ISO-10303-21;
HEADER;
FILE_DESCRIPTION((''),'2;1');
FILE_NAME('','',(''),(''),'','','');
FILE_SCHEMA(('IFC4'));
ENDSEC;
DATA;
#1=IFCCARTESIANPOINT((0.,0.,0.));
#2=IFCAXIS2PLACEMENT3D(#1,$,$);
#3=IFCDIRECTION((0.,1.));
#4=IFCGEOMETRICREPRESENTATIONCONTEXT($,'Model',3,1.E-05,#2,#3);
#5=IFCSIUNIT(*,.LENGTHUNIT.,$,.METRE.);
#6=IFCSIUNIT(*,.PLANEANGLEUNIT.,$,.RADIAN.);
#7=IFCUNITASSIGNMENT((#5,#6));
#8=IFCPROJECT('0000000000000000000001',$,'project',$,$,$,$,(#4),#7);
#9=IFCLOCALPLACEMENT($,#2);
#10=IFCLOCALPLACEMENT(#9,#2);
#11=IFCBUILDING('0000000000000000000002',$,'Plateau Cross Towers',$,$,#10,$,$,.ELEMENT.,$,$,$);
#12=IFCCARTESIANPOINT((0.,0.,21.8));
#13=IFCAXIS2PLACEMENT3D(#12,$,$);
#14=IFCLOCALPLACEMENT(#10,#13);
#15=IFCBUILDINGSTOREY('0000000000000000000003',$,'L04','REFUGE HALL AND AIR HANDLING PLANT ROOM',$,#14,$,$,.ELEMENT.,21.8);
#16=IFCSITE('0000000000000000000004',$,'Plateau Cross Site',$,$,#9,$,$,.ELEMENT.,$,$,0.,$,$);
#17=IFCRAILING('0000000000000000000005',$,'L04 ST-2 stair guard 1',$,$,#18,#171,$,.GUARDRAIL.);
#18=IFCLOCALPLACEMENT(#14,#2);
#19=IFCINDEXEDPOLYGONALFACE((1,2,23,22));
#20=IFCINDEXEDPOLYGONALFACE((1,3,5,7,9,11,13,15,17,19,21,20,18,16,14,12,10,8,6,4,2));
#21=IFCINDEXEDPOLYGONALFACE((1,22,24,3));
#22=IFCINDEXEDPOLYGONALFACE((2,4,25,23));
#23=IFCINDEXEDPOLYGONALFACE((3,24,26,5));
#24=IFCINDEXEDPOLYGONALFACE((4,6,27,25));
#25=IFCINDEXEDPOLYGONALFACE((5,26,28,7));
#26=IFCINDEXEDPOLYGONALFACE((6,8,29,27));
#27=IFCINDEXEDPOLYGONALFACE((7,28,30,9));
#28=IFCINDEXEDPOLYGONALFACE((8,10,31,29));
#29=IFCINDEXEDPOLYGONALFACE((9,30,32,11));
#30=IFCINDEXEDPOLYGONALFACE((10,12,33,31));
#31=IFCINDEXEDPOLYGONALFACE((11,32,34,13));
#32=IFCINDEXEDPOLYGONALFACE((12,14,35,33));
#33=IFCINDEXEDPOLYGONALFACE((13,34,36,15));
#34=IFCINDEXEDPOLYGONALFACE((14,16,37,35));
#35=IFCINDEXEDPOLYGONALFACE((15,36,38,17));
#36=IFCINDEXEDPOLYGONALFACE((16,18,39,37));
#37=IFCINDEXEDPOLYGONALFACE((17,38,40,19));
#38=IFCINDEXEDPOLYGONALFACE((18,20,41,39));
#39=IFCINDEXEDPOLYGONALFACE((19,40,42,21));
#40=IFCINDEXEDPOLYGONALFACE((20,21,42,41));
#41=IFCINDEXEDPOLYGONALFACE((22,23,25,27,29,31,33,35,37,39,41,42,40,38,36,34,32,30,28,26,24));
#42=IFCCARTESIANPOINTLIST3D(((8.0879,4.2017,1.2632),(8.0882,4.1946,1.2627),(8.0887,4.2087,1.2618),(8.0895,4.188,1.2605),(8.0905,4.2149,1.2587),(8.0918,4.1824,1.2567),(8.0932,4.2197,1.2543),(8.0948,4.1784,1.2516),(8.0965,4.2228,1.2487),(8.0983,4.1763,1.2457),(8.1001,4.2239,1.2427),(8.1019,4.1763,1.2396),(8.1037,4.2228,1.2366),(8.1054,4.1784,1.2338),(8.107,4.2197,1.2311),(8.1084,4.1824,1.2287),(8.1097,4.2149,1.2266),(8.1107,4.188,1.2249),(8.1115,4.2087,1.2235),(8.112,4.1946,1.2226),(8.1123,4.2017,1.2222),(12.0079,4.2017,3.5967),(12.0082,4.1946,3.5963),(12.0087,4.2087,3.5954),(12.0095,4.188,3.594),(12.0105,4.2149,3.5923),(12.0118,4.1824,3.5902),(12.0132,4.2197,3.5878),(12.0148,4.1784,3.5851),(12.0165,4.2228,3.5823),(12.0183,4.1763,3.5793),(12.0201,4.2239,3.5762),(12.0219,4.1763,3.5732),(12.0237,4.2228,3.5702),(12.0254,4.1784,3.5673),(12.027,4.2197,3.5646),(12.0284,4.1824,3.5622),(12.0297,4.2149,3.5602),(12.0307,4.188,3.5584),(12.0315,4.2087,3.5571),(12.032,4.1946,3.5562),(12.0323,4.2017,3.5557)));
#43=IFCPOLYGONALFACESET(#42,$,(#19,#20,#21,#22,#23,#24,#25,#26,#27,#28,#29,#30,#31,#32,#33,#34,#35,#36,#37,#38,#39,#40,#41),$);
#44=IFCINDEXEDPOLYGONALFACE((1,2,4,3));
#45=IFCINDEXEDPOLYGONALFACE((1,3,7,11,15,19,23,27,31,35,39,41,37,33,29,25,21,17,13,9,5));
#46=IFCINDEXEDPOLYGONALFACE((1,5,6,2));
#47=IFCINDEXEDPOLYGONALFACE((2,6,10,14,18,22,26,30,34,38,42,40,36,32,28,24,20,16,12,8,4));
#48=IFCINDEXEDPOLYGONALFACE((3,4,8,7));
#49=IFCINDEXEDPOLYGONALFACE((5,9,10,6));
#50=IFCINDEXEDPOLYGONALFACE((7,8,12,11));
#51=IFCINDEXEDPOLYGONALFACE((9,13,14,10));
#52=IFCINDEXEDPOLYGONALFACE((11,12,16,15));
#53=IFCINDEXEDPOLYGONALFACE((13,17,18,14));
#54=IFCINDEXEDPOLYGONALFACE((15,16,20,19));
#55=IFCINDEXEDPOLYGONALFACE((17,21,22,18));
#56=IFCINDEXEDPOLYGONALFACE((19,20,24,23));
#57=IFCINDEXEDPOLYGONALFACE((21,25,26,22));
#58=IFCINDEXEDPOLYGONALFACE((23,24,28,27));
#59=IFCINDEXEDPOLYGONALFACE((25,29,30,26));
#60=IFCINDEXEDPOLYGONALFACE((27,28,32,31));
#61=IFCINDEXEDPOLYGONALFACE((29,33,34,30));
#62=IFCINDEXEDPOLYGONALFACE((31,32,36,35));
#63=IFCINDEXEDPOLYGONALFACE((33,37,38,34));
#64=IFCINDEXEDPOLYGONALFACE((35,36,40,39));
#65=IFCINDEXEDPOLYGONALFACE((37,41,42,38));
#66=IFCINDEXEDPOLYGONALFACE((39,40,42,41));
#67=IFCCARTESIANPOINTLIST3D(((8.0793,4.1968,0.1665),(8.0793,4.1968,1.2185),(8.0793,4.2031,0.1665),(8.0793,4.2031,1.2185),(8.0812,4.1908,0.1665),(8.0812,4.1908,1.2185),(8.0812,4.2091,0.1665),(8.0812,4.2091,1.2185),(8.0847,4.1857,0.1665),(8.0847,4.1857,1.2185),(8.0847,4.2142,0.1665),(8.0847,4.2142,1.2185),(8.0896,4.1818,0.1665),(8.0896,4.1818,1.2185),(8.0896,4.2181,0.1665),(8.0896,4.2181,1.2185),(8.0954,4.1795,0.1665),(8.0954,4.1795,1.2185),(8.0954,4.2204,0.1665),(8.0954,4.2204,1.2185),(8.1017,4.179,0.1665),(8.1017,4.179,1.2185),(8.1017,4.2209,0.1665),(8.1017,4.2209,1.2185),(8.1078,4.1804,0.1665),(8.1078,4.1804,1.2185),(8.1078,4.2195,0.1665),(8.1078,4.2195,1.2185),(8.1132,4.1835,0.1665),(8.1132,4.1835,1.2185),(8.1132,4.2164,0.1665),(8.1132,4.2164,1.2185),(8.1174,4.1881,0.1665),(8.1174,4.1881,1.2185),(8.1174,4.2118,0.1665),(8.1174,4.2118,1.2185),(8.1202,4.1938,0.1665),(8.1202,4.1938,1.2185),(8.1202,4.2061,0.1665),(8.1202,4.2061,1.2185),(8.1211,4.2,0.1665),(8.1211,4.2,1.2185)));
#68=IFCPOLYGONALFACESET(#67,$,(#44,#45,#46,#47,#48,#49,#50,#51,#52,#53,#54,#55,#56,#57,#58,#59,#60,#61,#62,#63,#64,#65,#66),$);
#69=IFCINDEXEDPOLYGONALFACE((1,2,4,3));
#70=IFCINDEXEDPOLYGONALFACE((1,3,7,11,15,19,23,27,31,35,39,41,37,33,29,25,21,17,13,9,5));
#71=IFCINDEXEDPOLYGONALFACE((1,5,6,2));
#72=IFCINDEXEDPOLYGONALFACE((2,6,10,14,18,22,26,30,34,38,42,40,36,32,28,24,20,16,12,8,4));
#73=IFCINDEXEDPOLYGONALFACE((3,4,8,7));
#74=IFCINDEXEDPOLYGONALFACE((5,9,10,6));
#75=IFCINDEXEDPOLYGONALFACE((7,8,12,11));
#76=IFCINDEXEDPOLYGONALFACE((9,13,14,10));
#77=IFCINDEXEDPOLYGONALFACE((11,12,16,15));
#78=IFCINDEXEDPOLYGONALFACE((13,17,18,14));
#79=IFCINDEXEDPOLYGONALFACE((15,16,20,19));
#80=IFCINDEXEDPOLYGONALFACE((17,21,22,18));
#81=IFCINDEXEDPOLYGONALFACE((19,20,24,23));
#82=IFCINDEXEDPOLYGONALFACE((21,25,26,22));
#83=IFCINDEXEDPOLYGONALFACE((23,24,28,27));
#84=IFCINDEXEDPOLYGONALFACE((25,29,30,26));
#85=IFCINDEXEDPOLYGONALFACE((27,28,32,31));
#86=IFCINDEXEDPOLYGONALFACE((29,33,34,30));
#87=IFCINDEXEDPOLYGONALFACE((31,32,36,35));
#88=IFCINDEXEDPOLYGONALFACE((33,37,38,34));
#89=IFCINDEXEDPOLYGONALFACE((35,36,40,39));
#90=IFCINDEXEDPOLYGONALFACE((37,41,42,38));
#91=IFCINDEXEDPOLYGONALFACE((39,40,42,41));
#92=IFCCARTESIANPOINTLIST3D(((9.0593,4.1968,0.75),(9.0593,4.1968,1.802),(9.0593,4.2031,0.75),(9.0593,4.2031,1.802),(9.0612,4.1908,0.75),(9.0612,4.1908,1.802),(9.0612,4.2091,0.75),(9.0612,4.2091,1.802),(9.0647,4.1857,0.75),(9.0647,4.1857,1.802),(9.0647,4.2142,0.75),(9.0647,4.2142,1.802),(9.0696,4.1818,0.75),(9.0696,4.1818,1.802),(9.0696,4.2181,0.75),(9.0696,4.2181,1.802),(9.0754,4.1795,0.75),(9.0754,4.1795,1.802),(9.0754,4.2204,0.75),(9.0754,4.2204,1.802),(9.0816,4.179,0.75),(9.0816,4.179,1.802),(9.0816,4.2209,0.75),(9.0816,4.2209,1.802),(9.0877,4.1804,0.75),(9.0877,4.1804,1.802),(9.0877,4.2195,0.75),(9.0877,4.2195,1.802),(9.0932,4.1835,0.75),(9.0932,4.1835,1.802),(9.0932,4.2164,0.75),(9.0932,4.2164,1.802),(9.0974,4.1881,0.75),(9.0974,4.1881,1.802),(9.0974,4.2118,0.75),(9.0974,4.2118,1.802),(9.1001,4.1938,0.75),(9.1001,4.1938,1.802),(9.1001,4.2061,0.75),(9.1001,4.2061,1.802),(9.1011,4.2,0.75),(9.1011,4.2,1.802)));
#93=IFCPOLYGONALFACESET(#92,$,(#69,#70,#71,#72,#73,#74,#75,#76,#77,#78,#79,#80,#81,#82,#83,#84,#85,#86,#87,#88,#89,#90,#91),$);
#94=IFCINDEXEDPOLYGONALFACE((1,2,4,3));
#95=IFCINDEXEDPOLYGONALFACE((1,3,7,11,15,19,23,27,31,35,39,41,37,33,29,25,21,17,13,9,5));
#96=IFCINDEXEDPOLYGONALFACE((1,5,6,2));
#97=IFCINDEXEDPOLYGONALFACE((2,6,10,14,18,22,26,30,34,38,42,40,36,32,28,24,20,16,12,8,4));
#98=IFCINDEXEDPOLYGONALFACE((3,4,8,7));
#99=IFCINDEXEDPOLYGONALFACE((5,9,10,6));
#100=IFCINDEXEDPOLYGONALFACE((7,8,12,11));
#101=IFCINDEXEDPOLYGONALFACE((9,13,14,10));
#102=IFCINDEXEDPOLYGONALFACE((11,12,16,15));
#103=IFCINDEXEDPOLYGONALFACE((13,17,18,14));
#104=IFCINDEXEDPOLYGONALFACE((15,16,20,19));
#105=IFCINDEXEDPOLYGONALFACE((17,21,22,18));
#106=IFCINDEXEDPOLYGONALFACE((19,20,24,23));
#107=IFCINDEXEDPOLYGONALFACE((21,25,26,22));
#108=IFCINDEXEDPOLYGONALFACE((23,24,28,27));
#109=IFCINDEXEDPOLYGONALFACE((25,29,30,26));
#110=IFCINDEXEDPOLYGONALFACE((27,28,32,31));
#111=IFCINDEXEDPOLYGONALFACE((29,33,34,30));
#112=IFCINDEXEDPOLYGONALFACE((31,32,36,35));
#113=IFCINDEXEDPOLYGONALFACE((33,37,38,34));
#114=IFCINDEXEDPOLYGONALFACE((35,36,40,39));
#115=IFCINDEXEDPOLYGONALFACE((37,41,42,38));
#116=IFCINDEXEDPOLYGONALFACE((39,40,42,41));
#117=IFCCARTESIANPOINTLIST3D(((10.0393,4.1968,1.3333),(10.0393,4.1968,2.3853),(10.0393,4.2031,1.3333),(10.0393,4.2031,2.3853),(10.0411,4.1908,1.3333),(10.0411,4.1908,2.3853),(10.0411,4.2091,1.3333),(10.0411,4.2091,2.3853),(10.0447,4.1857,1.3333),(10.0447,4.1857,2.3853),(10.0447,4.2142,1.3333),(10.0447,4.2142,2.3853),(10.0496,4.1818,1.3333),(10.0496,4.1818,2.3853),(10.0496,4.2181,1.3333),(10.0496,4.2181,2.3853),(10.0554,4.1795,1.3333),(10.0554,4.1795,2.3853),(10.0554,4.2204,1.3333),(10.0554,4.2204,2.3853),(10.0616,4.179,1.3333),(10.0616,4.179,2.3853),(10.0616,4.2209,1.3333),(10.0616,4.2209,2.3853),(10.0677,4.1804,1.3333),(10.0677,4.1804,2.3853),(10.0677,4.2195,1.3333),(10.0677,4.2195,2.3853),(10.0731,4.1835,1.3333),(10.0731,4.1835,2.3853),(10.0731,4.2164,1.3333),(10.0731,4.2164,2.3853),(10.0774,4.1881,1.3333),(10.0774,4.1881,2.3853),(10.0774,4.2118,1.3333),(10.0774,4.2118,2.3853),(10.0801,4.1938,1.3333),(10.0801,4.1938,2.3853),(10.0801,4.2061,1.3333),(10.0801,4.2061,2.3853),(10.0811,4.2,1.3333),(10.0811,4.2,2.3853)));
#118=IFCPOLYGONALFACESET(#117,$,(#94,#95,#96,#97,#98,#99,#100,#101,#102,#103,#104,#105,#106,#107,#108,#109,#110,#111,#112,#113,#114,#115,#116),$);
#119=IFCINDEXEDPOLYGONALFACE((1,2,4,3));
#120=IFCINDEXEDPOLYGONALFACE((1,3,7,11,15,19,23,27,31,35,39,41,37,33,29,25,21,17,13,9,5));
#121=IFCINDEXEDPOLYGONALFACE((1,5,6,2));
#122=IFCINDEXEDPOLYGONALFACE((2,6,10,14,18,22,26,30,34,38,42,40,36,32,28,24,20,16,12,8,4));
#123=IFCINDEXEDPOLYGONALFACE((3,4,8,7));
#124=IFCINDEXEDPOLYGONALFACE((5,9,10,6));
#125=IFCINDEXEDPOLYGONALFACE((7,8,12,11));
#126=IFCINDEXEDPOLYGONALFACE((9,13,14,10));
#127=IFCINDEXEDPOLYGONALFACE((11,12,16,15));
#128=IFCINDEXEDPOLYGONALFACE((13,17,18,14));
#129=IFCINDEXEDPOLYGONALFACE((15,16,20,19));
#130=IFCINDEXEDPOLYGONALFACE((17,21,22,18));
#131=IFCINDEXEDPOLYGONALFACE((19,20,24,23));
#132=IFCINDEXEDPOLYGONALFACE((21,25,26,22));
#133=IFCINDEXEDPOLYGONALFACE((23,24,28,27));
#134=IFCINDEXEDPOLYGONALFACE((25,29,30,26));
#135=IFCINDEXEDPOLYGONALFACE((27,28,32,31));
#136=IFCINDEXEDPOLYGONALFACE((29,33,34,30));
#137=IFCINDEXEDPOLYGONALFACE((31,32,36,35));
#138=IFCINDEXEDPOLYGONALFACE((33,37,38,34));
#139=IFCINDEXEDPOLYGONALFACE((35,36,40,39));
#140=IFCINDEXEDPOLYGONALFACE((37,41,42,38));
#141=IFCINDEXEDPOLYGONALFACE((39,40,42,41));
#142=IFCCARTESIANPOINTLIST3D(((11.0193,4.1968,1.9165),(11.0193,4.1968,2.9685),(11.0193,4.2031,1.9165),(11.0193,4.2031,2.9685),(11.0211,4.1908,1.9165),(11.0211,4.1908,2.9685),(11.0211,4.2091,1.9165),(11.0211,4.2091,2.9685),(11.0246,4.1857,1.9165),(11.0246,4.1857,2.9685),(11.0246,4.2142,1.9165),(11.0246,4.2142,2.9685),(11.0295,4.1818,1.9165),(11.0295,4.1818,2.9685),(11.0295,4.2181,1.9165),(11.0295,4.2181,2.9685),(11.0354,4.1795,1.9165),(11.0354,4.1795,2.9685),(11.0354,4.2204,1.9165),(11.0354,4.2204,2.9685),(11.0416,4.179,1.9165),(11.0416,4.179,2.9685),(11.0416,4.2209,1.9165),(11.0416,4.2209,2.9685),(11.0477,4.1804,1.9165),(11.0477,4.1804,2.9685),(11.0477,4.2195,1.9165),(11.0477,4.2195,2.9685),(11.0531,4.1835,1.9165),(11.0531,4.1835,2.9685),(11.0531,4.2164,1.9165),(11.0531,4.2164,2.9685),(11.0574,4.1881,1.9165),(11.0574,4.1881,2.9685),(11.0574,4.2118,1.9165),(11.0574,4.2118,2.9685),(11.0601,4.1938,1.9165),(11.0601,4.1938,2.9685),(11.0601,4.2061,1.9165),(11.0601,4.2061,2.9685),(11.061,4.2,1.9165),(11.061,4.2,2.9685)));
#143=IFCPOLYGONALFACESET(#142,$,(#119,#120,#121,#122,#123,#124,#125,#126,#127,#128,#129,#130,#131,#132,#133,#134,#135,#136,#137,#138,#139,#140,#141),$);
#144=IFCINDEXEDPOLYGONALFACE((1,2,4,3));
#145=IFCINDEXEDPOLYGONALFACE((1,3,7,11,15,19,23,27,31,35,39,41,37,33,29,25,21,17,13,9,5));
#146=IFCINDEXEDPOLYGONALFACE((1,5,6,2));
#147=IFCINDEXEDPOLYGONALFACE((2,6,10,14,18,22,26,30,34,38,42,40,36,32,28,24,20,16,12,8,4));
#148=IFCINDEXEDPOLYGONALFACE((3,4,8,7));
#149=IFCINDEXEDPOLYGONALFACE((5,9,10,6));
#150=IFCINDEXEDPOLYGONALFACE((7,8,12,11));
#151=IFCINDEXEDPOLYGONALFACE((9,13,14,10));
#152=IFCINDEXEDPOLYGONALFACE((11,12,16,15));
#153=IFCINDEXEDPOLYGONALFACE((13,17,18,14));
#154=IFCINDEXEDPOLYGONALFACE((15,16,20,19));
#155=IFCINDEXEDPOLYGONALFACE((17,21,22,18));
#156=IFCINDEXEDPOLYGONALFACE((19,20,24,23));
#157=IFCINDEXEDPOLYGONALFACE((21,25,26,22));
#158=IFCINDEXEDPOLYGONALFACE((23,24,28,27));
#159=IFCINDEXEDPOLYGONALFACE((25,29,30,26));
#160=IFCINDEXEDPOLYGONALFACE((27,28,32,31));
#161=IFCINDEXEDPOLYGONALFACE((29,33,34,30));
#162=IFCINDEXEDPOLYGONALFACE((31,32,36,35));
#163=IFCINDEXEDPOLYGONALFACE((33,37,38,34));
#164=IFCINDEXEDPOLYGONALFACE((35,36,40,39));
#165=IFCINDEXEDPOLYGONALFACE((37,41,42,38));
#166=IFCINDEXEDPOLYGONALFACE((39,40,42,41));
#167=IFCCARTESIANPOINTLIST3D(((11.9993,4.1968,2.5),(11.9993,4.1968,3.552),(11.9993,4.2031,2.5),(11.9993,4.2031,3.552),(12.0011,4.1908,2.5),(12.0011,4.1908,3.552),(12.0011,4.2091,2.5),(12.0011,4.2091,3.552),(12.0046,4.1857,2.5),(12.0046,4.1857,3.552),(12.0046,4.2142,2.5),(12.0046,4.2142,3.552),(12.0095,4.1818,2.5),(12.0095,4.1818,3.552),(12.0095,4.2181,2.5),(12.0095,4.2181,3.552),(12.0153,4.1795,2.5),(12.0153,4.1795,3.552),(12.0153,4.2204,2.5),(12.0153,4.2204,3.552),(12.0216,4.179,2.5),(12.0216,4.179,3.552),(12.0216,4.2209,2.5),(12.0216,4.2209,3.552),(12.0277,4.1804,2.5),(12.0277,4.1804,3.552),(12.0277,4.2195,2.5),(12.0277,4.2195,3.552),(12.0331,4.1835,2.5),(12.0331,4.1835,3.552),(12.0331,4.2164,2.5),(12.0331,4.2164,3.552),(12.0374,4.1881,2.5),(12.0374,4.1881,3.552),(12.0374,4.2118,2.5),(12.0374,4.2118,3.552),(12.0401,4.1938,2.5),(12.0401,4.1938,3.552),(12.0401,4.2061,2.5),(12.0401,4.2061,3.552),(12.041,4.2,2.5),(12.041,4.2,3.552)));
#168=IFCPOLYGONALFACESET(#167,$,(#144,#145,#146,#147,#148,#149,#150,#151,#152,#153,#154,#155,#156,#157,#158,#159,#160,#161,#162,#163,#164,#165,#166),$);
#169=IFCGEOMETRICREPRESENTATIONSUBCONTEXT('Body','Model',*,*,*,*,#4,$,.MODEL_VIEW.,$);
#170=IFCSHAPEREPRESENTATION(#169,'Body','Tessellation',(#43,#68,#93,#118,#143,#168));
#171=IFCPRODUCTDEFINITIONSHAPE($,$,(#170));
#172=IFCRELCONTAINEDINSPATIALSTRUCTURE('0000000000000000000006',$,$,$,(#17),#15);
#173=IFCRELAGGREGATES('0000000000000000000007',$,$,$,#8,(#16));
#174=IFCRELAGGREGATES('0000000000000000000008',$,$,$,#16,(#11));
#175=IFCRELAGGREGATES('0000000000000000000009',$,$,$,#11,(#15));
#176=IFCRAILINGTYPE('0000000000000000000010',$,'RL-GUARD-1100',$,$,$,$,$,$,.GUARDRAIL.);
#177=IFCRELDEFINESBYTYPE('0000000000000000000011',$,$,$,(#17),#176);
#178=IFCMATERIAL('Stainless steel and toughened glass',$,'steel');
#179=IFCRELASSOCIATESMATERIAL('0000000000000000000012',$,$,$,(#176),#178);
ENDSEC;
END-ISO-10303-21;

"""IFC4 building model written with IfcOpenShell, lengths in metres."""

from ifc_helpers import new_model, si_unit, direction, frame, origin, origin_2d, place, context, subcontext, project, spatial, circle, extrude, material, type_object, element, save


model = new_model("IFC4")

# Units and contexts
model_context = context("Model", 3, precision=1e-05, world=origin(), true_north=direction((0.0, 1.0)))
body_context = subcontext(model_context, "Body", "Model", "MODEL_VIEW")
ifc_project = project(units=[si_unit("LENGTHUNIT", "METRE"), si_unit("PLANEANGLEUNIT", "RADIAN")], contexts=[model_context])

# Site, building, storey
site_placement = place(None, origin())
site = spatial("IfcSite", under=ifc_project, at=site_placement, Name="Plateau Cross Site", CompositionType="ELEMENT", RefElevation=0.0)
building_placement = place(site_placement, origin())
building = spatial("IfcBuilding", under=site, at=building_placement, Name="Plateau Cross Towers", CompositionType="ELEMENT")
storey_placement = place(building_placement, frame((0.0, 0.0, 21.8)))
storey = spatial("IfcBuildingStorey", under=building, at=storey_placement, Name="L04", Description="REFUGE HALL AND AIR HANDLING PLANT ROOM", CompositionType="ELEMENT", Elevation=21.8)

# Railing
ifc_material_1 = material(Name="Stainless steel and toughened glass", Category="steel")
railing_type_1 = type_object("IfcRailingType", Name="RL-GUARD-1100", PredefinedType="GUARDRAIL", material=ifc_material_1)
railing_1_placement = place(storey_placement, frame((8.1001, 4.2, 0.1665)))
element("IfcRailing", 1, at=railing_1_placement, inside=storey, type_object=railing_type_1, Name="L04 ST-2 stair guard 1", PredefinedType="GUARDRAIL", context=body_context, shape_type="SweptSolid", body=[
    extrude(circle(Radius=0.0239, at=origin_2d()), frame((0.0, 0.0, 1.0762), z_axis=(0.859273, 0.0, 0.511518), x_axis=(0.0, 1.0, 0.0)), (0.0, 0.0, 1.0), 4.562),
    extrude(circle(Radius=0.021, at=origin_2d()), origin(), (0.0, 0.0, 1.0), 1.052),
    extrude(circle(Radius=0.021, at=origin_2d()), frame((0.98, 0.0, 0.5835)), (0.0, 0.0, 1.0), 1.052),
    extrude(circle(Radius=0.021, at=origin_2d()), frame((1.96, 0.0, 1.1667)), (0.0, 0.0, 1.0), 1.052),
    extrude(circle(Radius=0.021, at=origin_2d()), frame((2.9399, 0.0, 1.75)), (0.0, 0.0, 1.0), 1.052),
    extrude(circle(Radius=0.021, at=origin_2d()), frame((3.9199, 0.0, 2.3335)), (0.0, 0.0, 1.0), 1.052),
])

save(model, "model.ifc")
